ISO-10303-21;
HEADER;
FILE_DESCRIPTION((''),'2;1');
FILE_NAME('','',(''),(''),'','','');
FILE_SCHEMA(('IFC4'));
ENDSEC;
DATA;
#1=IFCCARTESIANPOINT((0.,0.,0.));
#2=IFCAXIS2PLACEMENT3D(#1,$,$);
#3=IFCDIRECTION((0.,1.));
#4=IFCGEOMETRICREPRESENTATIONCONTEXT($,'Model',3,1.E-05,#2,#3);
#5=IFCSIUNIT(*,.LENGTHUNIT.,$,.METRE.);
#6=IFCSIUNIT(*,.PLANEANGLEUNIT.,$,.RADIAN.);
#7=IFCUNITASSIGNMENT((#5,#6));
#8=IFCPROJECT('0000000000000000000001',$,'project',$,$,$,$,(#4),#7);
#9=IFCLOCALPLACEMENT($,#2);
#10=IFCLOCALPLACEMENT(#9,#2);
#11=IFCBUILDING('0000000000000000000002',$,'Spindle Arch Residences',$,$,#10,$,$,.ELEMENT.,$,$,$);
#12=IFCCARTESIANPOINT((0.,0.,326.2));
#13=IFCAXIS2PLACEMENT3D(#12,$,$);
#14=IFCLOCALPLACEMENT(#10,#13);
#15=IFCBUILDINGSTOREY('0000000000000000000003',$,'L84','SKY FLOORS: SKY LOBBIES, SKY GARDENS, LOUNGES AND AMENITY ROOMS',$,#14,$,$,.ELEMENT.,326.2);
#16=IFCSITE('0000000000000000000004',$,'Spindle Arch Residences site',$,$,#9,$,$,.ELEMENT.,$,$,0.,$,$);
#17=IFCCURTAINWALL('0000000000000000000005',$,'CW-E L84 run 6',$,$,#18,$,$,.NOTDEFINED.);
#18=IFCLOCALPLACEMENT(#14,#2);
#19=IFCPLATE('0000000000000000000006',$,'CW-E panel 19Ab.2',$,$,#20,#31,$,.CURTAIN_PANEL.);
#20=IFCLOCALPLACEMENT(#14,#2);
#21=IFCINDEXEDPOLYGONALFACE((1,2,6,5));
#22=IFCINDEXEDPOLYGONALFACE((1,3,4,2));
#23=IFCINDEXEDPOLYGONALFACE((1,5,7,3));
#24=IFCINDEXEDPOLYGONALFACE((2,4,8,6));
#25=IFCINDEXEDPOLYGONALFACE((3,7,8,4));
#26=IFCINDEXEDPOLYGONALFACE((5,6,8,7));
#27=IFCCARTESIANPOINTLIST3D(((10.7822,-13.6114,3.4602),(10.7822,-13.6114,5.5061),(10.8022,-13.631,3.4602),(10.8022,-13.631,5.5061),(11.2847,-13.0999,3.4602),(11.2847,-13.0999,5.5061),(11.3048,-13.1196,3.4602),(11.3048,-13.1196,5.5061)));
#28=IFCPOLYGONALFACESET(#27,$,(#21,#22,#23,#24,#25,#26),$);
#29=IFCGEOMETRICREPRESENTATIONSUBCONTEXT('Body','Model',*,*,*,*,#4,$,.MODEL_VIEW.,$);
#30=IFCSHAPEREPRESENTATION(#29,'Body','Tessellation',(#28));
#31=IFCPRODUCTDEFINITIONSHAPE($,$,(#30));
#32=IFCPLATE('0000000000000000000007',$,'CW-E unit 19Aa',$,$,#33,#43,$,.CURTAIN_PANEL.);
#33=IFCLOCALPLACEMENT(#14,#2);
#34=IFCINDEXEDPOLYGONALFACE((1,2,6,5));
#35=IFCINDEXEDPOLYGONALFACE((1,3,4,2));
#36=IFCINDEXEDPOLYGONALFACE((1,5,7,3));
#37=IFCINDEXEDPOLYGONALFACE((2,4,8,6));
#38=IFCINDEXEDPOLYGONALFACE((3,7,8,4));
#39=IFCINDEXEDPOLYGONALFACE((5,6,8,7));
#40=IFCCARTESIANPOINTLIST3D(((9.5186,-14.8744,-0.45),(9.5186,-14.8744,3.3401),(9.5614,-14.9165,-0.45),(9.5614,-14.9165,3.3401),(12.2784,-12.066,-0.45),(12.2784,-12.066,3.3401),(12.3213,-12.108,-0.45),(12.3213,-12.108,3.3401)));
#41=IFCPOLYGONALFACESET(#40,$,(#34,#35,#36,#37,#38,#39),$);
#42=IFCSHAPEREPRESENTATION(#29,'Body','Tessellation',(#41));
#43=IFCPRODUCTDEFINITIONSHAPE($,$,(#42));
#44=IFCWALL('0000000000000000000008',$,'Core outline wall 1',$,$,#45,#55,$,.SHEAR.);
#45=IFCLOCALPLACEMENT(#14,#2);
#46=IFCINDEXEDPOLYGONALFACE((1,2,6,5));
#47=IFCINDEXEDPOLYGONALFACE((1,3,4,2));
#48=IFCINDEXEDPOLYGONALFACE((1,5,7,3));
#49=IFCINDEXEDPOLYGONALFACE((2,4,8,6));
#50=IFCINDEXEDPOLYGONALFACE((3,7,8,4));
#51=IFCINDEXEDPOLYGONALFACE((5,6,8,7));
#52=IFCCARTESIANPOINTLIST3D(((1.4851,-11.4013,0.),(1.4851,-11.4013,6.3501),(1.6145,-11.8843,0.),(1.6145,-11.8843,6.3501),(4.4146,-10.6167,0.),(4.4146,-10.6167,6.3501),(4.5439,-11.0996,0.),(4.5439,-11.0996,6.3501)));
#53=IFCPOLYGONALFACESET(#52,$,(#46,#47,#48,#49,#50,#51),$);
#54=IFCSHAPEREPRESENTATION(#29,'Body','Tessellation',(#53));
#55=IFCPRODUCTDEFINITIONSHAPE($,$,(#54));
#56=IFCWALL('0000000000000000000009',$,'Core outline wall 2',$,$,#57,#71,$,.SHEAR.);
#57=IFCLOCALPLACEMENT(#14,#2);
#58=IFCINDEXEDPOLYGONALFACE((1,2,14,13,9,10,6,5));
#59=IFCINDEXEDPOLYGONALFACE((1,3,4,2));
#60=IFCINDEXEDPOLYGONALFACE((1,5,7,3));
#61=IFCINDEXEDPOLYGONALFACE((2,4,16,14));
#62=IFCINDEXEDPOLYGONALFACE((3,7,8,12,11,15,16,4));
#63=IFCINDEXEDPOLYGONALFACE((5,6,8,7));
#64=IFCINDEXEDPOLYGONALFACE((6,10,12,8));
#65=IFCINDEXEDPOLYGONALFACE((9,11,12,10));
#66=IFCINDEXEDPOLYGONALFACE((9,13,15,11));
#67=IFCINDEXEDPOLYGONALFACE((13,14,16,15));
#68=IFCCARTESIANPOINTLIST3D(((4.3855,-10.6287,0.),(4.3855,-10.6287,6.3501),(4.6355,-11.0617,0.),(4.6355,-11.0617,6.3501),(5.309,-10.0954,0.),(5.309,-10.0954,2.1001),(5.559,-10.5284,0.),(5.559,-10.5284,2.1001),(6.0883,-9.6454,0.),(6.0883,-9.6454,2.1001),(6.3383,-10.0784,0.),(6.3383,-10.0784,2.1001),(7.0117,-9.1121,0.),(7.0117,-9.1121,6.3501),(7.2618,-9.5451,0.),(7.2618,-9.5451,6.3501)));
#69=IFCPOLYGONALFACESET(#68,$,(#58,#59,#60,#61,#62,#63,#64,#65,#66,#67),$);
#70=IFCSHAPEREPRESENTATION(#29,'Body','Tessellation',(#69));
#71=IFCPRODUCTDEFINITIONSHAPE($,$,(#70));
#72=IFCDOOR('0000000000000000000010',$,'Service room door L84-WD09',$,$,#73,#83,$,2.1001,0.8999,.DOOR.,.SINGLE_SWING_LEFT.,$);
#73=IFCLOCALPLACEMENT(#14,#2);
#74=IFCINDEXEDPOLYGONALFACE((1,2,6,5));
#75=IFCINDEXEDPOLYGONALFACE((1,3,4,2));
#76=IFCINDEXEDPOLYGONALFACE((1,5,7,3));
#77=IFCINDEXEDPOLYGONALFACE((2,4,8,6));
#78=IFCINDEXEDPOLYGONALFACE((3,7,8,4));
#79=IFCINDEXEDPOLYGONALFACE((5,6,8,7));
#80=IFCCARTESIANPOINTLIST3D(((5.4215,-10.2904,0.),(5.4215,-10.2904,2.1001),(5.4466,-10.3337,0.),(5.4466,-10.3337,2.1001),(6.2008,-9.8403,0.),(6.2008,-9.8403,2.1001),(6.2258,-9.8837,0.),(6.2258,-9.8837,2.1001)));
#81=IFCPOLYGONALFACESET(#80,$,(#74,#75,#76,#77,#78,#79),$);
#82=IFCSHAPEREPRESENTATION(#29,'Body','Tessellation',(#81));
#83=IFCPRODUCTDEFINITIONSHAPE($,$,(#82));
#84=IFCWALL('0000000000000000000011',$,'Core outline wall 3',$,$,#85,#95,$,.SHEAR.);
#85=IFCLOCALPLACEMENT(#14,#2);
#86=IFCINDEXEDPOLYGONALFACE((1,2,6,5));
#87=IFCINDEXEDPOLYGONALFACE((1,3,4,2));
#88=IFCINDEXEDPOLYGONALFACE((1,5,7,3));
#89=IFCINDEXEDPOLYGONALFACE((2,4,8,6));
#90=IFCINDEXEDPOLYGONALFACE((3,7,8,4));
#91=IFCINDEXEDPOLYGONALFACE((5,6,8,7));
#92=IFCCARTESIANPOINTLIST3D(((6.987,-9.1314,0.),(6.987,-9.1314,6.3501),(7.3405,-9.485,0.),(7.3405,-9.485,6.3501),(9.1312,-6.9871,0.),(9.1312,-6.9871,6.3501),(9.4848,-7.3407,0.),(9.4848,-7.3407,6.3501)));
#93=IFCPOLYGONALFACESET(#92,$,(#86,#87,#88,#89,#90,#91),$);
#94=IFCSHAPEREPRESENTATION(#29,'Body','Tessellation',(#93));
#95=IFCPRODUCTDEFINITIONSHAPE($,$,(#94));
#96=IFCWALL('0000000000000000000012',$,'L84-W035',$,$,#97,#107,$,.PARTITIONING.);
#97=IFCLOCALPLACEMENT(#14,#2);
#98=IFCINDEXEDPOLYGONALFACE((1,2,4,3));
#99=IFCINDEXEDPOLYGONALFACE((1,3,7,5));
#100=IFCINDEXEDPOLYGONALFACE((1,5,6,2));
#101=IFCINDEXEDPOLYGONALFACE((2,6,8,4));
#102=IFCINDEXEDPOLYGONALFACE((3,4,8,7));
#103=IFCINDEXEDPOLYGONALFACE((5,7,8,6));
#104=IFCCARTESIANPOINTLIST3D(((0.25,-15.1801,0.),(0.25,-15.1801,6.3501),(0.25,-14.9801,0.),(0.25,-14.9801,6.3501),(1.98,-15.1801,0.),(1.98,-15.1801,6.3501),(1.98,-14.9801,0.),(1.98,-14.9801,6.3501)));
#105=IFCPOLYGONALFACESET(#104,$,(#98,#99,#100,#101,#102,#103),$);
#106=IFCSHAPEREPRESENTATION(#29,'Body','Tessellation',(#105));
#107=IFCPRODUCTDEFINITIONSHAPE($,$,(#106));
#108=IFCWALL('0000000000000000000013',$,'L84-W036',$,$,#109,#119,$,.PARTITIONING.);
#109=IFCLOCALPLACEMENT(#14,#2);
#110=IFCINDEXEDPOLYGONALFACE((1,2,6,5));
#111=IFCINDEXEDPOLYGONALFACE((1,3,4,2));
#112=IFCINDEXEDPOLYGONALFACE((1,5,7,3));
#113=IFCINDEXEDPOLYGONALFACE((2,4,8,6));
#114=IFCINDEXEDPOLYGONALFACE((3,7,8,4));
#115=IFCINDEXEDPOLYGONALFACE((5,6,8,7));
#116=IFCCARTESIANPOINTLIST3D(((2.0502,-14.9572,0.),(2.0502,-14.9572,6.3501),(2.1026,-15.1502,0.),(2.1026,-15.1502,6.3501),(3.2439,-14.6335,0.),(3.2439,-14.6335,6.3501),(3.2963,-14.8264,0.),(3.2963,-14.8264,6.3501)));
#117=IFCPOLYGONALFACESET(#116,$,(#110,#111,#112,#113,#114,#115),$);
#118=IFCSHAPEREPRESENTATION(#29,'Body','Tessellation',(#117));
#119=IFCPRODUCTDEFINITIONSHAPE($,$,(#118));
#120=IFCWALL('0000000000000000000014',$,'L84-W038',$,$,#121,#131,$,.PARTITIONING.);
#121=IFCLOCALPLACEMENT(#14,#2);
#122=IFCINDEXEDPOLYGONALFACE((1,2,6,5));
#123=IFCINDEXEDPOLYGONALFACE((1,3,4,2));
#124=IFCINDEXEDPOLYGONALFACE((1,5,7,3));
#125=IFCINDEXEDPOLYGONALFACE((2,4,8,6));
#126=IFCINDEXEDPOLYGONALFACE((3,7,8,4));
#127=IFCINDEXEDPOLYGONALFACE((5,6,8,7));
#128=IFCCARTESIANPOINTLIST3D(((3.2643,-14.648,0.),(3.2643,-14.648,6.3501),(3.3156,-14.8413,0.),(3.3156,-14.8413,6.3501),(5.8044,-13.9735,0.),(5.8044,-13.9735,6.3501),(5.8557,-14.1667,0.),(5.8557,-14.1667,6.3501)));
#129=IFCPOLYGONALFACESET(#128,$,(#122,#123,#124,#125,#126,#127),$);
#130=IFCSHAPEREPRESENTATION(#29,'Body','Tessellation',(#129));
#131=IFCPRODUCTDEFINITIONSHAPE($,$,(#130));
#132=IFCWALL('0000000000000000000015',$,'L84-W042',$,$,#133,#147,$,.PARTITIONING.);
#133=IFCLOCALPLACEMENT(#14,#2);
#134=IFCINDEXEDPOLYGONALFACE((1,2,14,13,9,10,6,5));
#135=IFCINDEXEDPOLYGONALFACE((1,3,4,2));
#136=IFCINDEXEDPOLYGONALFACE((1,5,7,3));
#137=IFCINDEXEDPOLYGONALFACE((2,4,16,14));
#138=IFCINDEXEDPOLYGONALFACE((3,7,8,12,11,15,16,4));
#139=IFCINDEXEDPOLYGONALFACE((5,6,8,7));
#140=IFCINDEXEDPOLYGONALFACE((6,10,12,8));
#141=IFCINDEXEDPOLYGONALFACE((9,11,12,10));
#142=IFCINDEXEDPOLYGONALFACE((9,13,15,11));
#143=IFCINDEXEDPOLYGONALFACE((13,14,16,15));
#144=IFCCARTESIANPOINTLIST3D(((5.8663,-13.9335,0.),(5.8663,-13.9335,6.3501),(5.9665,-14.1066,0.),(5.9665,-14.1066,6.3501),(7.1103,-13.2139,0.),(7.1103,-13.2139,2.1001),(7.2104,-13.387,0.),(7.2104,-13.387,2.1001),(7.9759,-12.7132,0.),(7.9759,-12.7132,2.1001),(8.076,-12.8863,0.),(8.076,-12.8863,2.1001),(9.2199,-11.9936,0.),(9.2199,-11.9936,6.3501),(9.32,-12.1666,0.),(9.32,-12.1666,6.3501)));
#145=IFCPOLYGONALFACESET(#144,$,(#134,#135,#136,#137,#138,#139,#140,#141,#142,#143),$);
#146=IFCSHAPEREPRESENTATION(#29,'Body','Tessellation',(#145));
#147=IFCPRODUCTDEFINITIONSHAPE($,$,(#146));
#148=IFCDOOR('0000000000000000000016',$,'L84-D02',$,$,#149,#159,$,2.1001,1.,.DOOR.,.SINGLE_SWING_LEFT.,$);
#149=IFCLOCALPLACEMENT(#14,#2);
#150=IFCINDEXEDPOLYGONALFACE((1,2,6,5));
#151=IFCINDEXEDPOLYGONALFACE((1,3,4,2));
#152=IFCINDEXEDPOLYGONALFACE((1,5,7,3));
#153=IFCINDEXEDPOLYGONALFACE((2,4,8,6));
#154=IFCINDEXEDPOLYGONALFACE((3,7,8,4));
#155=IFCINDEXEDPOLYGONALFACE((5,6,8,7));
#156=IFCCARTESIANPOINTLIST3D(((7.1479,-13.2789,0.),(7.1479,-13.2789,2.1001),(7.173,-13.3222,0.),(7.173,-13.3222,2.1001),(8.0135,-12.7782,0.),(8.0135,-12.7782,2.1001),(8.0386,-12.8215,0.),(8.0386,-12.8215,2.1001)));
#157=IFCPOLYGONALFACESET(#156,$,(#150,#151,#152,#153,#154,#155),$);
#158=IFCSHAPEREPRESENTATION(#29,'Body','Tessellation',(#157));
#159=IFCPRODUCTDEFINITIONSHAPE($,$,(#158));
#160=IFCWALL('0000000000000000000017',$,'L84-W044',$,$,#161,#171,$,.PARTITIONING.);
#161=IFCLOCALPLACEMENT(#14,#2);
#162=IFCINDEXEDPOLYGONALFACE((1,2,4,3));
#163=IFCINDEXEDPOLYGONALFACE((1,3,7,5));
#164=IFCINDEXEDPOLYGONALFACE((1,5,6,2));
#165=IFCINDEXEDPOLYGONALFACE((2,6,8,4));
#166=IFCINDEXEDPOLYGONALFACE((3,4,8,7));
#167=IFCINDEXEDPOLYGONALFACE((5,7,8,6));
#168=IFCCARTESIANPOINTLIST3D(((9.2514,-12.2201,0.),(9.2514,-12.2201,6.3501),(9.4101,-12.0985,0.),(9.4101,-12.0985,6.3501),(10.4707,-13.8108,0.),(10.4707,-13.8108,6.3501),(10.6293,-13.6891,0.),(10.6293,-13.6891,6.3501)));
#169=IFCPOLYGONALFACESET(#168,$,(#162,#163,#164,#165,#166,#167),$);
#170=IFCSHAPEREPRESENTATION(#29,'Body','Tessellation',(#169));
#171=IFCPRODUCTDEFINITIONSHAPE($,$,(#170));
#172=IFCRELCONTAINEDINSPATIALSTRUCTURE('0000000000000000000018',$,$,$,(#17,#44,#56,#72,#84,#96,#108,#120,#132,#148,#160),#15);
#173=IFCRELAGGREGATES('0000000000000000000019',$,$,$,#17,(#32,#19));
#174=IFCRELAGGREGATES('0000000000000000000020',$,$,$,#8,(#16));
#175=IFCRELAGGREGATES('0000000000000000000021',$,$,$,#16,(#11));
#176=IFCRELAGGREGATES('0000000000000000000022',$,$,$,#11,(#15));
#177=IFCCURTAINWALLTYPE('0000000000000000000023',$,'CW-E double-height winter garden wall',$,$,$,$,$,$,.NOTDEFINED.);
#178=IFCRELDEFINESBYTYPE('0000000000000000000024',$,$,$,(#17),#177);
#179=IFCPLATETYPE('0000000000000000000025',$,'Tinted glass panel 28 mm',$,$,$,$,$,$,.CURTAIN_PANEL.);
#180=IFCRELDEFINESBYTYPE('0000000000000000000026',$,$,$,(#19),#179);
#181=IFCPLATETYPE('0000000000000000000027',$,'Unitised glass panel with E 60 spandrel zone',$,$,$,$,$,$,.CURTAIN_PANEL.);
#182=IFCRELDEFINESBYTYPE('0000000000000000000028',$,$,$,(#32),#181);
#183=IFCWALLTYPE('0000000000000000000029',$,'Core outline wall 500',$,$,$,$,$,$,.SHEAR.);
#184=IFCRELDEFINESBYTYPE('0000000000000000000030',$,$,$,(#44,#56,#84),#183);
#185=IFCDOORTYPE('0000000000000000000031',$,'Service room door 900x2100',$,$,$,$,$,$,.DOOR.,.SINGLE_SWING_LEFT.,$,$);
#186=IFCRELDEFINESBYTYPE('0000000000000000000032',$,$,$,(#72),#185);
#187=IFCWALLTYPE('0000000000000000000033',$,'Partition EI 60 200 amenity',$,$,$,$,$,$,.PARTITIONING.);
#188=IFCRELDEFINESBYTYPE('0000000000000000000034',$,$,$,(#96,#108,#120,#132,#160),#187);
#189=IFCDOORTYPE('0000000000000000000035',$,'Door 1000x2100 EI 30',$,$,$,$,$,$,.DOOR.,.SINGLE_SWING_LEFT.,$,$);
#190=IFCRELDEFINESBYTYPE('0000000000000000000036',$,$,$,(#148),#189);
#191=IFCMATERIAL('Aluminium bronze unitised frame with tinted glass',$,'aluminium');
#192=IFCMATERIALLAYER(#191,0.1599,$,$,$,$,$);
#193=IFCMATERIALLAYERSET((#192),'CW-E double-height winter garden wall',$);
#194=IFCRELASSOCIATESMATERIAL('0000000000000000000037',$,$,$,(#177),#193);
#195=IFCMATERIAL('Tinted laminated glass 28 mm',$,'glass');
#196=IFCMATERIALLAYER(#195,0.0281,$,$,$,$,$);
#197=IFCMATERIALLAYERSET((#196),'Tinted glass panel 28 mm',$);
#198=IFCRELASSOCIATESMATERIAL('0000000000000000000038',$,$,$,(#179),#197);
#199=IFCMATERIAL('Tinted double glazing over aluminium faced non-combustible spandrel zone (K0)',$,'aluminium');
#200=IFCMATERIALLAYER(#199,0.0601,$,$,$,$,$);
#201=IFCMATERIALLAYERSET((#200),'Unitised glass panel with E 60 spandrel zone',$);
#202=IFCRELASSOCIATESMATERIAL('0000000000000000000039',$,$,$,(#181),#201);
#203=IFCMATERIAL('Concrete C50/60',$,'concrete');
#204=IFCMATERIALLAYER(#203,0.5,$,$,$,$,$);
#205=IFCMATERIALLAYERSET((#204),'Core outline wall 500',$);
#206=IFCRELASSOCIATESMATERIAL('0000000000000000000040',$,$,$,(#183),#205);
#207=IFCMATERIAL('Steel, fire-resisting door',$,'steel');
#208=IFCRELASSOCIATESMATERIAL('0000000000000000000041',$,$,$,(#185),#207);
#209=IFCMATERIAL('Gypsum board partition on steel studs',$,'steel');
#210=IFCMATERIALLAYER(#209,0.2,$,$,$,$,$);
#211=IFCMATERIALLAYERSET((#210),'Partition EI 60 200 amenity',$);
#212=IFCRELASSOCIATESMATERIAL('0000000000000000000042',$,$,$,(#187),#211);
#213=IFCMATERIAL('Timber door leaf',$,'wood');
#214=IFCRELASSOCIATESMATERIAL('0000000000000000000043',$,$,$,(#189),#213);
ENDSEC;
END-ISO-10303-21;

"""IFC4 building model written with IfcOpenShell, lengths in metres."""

from ifc_helpers import new_model, si_unit, direction, frame, frame_2d, origin, origin_2d, place, context, subcontext, project, spatial, rectangle, extrude, material, layer, layer_set, type_object, element, fill, aggregate, save


model = new_model("IFC4")

# Units and contexts
model_context = context("Model", 3, precision=1e-05, world=origin(), true_north=direction((0.0, 1.0)))
body_context = subcontext(model_context, "Body", "Model", "MODEL_VIEW")
ifc_project = project(units=[si_unit("LENGTHUNIT", "METRE"), si_unit("PLANEANGLEUNIT", "RADIAN")], contexts=[model_context])

# Site, building, storey
site_placement = place(None, origin())
site = spatial("IfcSite", under=ifc_project, at=site_placement, Name="Spindle Arch Residences site", CompositionType="ELEMENT", RefElevation=0.0)
building_placement = place(site_placement, origin())
building = spatial("IfcBuilding", under=site, at=building_placement, Name="Spindle Arch Residences", CompositionType="ELEMENT")
storey_placement = place(building_placement, frame((0.0, 0.0, 326.2)))
storey = spatial("IfcBuildingStorey", under=building, at=storey_placement, Name="L84", Description="SKY FLOORS: SKY LOBBIES, SKY GARDENS, LOUNGES AND AMENITY ROOMS", CompositionType="ELEMENT", Elevation=326.2)

# Curtain wall
ifc_material_1 = material(Name="Aluminium bronze unitised frame with tinted glass", Category="aluminium")
ifc_layer_1 = layer(ifc_material_1, 0.1599)
ifc_layer_set_1 = layer_set([ifc_layer_1], Name="CW-E double-height winter garden wall")
curtain_wall_type = type_object("IfcCurtainWallType", Name="CW-E double-height winter garden wall", PredefinedType="NOTDEFINED", material=ifc_layer_set_1)
curtain_wall_placement = place(storey_placement, origin())
curtain_wall = element("IfcCurtainWall", 1, at=curtain_wall_placement, inside=storey, type_object=curtain_wall_type, Name="CW-E L84 run 6", PredefinedType="NOTDEFINED")

# Plates
ifc_material_2 = material(Name="Tinted laminated glass 28 mm", Category="glass")
ifc_layer_2 = layer(ifc_material_2, 0.0281)
ifc_layer_set_2 = layer_set([ifc_layer_2], Name="Tinted glass panel 28 mm")
plate_type_1 = type_object("IfcPlateType", Name="Tinted glass panel 28 mm", PredefinedType="CURTAIN_PANEL", material=ifc_layer_set_2)
plate_1_placement = place(storey_placement, frame((11.0435, -13.3655, 3.4602), z_axis=(0.0, 0.0, 1.0), x_axis=(0.700909, 0.71325, 0.0)))
plate_1 = element("IfcPlate", 2, at=plate_1_placement, type_object=plate_type_1, Name="CW-E panel 19Ab.2", PredefinedType="CURTAIN_PANEL", context=body_context, shape_type="SweptSolid", body=[
    extrude(rectangle(XDim=0.717, YDim=0.0281, at=origin_2d()), origin(), (0.0, 0.0, 1.0), 2.0459),
])
ifc_material_3 = material(Name="Tinted double glazing over aluminium faced non-combustible spandrel zone (K0)", Category="aluminium")
ifc_layer_3 = layer(ifc_material_3, 0.0601)
ifc_layer_set_3 = layer_set([ifc_layer_3], Name="Unitised glass panel with E 60 spandrel zone")
plate_type_2 = type_object("IfcPlateType", Name="Unitised glass panel with E 60 spandrel zone", PredefinedType="CURTAIN_PANEL", material=ifc_layer_set_3)
plate_2_placement = place(storey_placement, frame((10.9199, -13.4912, -0.45), z_axis=(0.0, 0.0, 1.0), x_axis=(0.700909, 0.71325, 0.0)))
plate_2 = element("IfcPlate", 3, at=plate_2_placement, type_object=plate_type_2, Name="CW-E unit 19Aa", PredefinedType="CURTAIN_PANEL", context=body_context, shape_type="SweptSolid", body=[
    extrude(rectangle(XDim=3.9375, YDim=0.0601, at=origin_2d()), origin(), (0.0, 0.0, 1.0), 3.79),
])
aggregate(curtain_wall, [plate_2, plate_1])

# Wall
ifc_material_4 = material(Name="Concrete C50/60", Category="concrete")
ifc_layer_4 = layer(ifc_material_4, 0.5)
ifc_layer_set_4 = layer_set([ifc_layer_4], Name="Core outline wall 500")
wall_type_1 = type_object("IfcWallType", Name="Core outline wall 500", PredefinedType="SHEAR", material=ifc_layer_set_4)
wall_1_placement = place(storey_placement, frame((1.5498, -11.6428, 0.0), z_axis=(0.0, 0.0, 1.0), x_axis=(0.965948, 0.258735, 0.0)))
element("IfcWall", 4, at=wall_1_placement, inside=storey, type_object=wall_type_1, Name="Core outline wall 1", PredefinedType="SHEAR", context=body_context, shape_type="SweptSolid", body=[
    extrude(rectangle(XDim=3.0327, YDim=0.5, at=frame_2d((1.5164, 0.0))), origin(), (0.0, 0.0, 1.0), 6.3501),
])

# Wall, opening, door
wall_2_placement = place(storey_placement, frame((4.5105, -10.8452, 0.0), z_axis=(0.0, 0.0, 1.0), x_axis=(0.865975, 0.500087, 0.0)))
wall_2 = element("IfcWall", 5, at=wall_2_placement, inside=storey, type_object=wall_type_1, Name="Core outline wall 2", PredefinedType="SHEAR", context=body_context, shape_type="SweptSolid", body=[
    extrude(rectangle(XDim=3.0327, YDim=0.5, at=frame_2d((1.5164, 0.0))), origin(), (0.0, 0.0, 1.0), 6.3501),
])
opening_1_placement = place(wall_2_placement, frame((1.0664, 0.0, 0.0)))
opening_1 = element("IfcOpeningElement", 6, at=opening_1_placement, cuts=wall_2, PredefinedType="OPENING", context=body_context, shape_type="SweptSolid", body=[
    extrude(rectangle(XDim=0.8999, YDim=2.1001, at=frame_2d((0.45, 1.05))), frame((0.0, 0.26, 0.0), z_axis=(0.0, -1.0, 0.0), x_axis=(1.0, 0.0, 0.0)), (0.0, 0.0, 1.0), 0.52),
])
ifc_material_5 = material(Name="Steel, fire-resisting door", Category="steel")
door_type_1 = type_object("IfcDoorType", Name="Service room door 900x2100", OperationType="SINGLE_SWING_LEFT", PredefinedType="DOOR", material=ifc_material_5)
door_1_placement = place(opening_1_placement, origin())
door_1 = element("IfcDoor", 7, at=door_1_placement, inside=storey, type_object=door_type_1, Name="Service room door L84-WD09", OperationType="SINGLE_SWING_LEFT", OverallHeight=2.1001, OverallWidth=0.8999, PredefinedType="DOOR", context=body_context, shape_type="SweptSolid", body=[
    extrude(rectangle(XDim=0.8999, YDim=2.1001, at=frame_2d((0.45, 1.05))), frame((0.0, 0.0249, 0.0), z_axis=(0.0, -1.0, 0.0), x_axis=(1.0, 0.0, 0.0)), (0.0, 0.0, 1.0), 0.05),
])
fill(opening_1, door_1)

# Walls
wall_3_placement = place(storey_placement, frame((7.1638, -9.3081, 0.0), z_axis=(0.0, 0.0, 1.0), x_axis=(0.707107, 0.707107, 0.0)))
element("IfcWall", 8, at=wall_3_placement, inside=storey, type_object=wall_type_1, Name="Core outline wall 3", PredefinedType="SHEAR", context=body_context, shape_type="SweptSolid", body=[
    extrude(rectangle(XDim=3.0325, YDim=0.5, at=frame_2d((1.5161, 0.0))), origin(), (0.0, 0.0, 1.0), 6.3501),
])
ifc_material_6 = material(Name="Gypsum board partition on steel studs", Category="steel")
ifc_layer_5 = layer(ifc_material_6, 0.2)
ifc_layer_set_5 = layer_set([ifc_layer_5], Name="Partition EI 60 200 amenity")
wall_type_2 = type_object("IfcWallType", Name="Partition EI 60 200 amenity", PredefinedType="PARTITIONING", material=ifc_layer_set_5)
wall_4_placement = place(storey_placement, frame((0.25, -15.0801, 0.0), z_axis=(0.0, 0.0, 1.0), x_axis=(1.0, 0.0, 0.0)))
element("IfcWall", 9, at=wall_4_placement, inside=storey, type_object=wall_type_2, Name="L84-W035", PredefinedType="PARTITIONING", context=body_context, shape_type="SweptSolid", body=[
    extrude(rectangle(XDim=1.73, YDim=0.2, at=frame_2d((0.865, 0.0))), origin(), (0.0, 0.0, 1.0), 6.3501),
])
wall_5_placement = place(storey_placement, frame((2.0764, -15.0537, 0.0), z_axis=(0.0, 0.0, 1.0), x_axis=(0.965132, 0.261764, 0.0)))
element("IfcWall", 10, at=wall_5_placement, inside=storey, type_object=wall_type_2, Name="L84-W036", PredefinedType="PARTITIONING", context=body_context, shape_type="SweptSolid", body=[
    extrude(rectangle(XDim=1.2368, YDim=0.2, at=frame_2d((0.6184, 0.0))), origin(), (0.0, 0.0, 1.0), 6.3501),
])
wall_6_placement = place(storey_placement, frame((3.29, -14.7446, 0.0), z_axis=(0.0, 0.0, 1.0), x_axis=(0.966498, 0.256674, 0.0)))
element("IfcWall", 11, at=wall_6_placement, inside=storey, type_object=wall_type_2, Name="L84-W038", PredefinedType="PARTITIONING", context=body_context, shape_type="SweptSolid", body=[
    extrude(rectangle(XDim=2.6282, YDim=0.2, at=frame_2d((1.314, 0.0))), origin(), (0.0, 0.0, 1.0), 6.3501),
])

# Wall, opening, door
wall_7_placement = place(storey_placement, frame((5.9165, -14.02, 0.0), z_axis=(0.0, 0.0, 1.0), x_axis=(0.865602, 0.500733, 0.0)))
wall_7 = element("IfcWall", 12, at=wall_7_placement, inside=storey, type_object=wall_type_2, Name="L84-W042", PredefinedType="PARTITIONING", context=body_context, shape_type="SweptSolid", body=[
    extrude(rectangle(XDim=3.8743, YDim=0.2, at=frame_2d((1.937, 0.0))), origin(), (0.0, 0.0, 1.0), 6.3501),
])
opening_2_placement = place(wall_7_placement, frame((1.437, 0.0, 0.0)))
opening_2 = element("IfcOpeningElement", 13, at=opening_2_placement, cuts=wall_7, PredefinedType="OPENING", context=body_context, shape_type="SweptSolid", body=[
    extrude(rectangle(XDim=1.0, YDim=2.1001, at=frame_2d((0.5, 1.05))), frame((0.0, 0.1099, 0.0), z_axis=(0.0, -1.0, 0.0), x_axis=(1.0, 0.0, 0.0)), (0.0, 0.0, 1.0), 0.22),
])
ifc_material_7 = material(Name="Timber door leaf", Category="wood")
door_type_2 = type_object("IfcDoorType", Name="Door 1000x2100 EI 30", OperationType="SINGLE_SWING_LEFT", PredefinedType="DOOR", material=ifc_material_7)
door_2_placement = place(opening_2_placement, origin())
door_2 = element("IfcDoor", 14, at=door_2_placement, inside=storey, type_object=door_type_2, Name="L84-D02", OperationType="SINGLE_SWING_LEFT", OverallHeight=2.1001, OverallWidth=1.0, PredefinedType="DOOR", context=body_context, shape_type="SweptSolid", body=[
    extrude(rectangle(XDim=1.0, YDim=2.1001, at=frame_2d((0.5, 1.05))), frame((0.0, 0.0249, 0.0), z_axis=(0.0, -1.0, 0.0), x_axis=(1.0, 0.0, 0.0)), (0.0, 0.0, 1.0), 0.05),
])
fill(opening_2, door_2)

# Wall
wall_8_placement = place(storey_placement, frame((9.3308, -12.1594, 0.0), z_axis=(0.0, 0.0, 1.0), x_axis=(0.608368, -0.793655, 0.0)))
element("IfcWall", 15, at=wall_8_placement, inside=storey, type_object=wall_type_2, Name="L84-W044", PredefinedType="PARTITIONING", context=body_context, shape_type="SweptSolid", body=[
    extrude(rectangle(XDim=2.0042, YDim=0.2, at=frame_2d((1.002, 0.0))), origin(), (0.0, 0.0, 1.0), 6.3501),
])

save(model, "model.ifc")
